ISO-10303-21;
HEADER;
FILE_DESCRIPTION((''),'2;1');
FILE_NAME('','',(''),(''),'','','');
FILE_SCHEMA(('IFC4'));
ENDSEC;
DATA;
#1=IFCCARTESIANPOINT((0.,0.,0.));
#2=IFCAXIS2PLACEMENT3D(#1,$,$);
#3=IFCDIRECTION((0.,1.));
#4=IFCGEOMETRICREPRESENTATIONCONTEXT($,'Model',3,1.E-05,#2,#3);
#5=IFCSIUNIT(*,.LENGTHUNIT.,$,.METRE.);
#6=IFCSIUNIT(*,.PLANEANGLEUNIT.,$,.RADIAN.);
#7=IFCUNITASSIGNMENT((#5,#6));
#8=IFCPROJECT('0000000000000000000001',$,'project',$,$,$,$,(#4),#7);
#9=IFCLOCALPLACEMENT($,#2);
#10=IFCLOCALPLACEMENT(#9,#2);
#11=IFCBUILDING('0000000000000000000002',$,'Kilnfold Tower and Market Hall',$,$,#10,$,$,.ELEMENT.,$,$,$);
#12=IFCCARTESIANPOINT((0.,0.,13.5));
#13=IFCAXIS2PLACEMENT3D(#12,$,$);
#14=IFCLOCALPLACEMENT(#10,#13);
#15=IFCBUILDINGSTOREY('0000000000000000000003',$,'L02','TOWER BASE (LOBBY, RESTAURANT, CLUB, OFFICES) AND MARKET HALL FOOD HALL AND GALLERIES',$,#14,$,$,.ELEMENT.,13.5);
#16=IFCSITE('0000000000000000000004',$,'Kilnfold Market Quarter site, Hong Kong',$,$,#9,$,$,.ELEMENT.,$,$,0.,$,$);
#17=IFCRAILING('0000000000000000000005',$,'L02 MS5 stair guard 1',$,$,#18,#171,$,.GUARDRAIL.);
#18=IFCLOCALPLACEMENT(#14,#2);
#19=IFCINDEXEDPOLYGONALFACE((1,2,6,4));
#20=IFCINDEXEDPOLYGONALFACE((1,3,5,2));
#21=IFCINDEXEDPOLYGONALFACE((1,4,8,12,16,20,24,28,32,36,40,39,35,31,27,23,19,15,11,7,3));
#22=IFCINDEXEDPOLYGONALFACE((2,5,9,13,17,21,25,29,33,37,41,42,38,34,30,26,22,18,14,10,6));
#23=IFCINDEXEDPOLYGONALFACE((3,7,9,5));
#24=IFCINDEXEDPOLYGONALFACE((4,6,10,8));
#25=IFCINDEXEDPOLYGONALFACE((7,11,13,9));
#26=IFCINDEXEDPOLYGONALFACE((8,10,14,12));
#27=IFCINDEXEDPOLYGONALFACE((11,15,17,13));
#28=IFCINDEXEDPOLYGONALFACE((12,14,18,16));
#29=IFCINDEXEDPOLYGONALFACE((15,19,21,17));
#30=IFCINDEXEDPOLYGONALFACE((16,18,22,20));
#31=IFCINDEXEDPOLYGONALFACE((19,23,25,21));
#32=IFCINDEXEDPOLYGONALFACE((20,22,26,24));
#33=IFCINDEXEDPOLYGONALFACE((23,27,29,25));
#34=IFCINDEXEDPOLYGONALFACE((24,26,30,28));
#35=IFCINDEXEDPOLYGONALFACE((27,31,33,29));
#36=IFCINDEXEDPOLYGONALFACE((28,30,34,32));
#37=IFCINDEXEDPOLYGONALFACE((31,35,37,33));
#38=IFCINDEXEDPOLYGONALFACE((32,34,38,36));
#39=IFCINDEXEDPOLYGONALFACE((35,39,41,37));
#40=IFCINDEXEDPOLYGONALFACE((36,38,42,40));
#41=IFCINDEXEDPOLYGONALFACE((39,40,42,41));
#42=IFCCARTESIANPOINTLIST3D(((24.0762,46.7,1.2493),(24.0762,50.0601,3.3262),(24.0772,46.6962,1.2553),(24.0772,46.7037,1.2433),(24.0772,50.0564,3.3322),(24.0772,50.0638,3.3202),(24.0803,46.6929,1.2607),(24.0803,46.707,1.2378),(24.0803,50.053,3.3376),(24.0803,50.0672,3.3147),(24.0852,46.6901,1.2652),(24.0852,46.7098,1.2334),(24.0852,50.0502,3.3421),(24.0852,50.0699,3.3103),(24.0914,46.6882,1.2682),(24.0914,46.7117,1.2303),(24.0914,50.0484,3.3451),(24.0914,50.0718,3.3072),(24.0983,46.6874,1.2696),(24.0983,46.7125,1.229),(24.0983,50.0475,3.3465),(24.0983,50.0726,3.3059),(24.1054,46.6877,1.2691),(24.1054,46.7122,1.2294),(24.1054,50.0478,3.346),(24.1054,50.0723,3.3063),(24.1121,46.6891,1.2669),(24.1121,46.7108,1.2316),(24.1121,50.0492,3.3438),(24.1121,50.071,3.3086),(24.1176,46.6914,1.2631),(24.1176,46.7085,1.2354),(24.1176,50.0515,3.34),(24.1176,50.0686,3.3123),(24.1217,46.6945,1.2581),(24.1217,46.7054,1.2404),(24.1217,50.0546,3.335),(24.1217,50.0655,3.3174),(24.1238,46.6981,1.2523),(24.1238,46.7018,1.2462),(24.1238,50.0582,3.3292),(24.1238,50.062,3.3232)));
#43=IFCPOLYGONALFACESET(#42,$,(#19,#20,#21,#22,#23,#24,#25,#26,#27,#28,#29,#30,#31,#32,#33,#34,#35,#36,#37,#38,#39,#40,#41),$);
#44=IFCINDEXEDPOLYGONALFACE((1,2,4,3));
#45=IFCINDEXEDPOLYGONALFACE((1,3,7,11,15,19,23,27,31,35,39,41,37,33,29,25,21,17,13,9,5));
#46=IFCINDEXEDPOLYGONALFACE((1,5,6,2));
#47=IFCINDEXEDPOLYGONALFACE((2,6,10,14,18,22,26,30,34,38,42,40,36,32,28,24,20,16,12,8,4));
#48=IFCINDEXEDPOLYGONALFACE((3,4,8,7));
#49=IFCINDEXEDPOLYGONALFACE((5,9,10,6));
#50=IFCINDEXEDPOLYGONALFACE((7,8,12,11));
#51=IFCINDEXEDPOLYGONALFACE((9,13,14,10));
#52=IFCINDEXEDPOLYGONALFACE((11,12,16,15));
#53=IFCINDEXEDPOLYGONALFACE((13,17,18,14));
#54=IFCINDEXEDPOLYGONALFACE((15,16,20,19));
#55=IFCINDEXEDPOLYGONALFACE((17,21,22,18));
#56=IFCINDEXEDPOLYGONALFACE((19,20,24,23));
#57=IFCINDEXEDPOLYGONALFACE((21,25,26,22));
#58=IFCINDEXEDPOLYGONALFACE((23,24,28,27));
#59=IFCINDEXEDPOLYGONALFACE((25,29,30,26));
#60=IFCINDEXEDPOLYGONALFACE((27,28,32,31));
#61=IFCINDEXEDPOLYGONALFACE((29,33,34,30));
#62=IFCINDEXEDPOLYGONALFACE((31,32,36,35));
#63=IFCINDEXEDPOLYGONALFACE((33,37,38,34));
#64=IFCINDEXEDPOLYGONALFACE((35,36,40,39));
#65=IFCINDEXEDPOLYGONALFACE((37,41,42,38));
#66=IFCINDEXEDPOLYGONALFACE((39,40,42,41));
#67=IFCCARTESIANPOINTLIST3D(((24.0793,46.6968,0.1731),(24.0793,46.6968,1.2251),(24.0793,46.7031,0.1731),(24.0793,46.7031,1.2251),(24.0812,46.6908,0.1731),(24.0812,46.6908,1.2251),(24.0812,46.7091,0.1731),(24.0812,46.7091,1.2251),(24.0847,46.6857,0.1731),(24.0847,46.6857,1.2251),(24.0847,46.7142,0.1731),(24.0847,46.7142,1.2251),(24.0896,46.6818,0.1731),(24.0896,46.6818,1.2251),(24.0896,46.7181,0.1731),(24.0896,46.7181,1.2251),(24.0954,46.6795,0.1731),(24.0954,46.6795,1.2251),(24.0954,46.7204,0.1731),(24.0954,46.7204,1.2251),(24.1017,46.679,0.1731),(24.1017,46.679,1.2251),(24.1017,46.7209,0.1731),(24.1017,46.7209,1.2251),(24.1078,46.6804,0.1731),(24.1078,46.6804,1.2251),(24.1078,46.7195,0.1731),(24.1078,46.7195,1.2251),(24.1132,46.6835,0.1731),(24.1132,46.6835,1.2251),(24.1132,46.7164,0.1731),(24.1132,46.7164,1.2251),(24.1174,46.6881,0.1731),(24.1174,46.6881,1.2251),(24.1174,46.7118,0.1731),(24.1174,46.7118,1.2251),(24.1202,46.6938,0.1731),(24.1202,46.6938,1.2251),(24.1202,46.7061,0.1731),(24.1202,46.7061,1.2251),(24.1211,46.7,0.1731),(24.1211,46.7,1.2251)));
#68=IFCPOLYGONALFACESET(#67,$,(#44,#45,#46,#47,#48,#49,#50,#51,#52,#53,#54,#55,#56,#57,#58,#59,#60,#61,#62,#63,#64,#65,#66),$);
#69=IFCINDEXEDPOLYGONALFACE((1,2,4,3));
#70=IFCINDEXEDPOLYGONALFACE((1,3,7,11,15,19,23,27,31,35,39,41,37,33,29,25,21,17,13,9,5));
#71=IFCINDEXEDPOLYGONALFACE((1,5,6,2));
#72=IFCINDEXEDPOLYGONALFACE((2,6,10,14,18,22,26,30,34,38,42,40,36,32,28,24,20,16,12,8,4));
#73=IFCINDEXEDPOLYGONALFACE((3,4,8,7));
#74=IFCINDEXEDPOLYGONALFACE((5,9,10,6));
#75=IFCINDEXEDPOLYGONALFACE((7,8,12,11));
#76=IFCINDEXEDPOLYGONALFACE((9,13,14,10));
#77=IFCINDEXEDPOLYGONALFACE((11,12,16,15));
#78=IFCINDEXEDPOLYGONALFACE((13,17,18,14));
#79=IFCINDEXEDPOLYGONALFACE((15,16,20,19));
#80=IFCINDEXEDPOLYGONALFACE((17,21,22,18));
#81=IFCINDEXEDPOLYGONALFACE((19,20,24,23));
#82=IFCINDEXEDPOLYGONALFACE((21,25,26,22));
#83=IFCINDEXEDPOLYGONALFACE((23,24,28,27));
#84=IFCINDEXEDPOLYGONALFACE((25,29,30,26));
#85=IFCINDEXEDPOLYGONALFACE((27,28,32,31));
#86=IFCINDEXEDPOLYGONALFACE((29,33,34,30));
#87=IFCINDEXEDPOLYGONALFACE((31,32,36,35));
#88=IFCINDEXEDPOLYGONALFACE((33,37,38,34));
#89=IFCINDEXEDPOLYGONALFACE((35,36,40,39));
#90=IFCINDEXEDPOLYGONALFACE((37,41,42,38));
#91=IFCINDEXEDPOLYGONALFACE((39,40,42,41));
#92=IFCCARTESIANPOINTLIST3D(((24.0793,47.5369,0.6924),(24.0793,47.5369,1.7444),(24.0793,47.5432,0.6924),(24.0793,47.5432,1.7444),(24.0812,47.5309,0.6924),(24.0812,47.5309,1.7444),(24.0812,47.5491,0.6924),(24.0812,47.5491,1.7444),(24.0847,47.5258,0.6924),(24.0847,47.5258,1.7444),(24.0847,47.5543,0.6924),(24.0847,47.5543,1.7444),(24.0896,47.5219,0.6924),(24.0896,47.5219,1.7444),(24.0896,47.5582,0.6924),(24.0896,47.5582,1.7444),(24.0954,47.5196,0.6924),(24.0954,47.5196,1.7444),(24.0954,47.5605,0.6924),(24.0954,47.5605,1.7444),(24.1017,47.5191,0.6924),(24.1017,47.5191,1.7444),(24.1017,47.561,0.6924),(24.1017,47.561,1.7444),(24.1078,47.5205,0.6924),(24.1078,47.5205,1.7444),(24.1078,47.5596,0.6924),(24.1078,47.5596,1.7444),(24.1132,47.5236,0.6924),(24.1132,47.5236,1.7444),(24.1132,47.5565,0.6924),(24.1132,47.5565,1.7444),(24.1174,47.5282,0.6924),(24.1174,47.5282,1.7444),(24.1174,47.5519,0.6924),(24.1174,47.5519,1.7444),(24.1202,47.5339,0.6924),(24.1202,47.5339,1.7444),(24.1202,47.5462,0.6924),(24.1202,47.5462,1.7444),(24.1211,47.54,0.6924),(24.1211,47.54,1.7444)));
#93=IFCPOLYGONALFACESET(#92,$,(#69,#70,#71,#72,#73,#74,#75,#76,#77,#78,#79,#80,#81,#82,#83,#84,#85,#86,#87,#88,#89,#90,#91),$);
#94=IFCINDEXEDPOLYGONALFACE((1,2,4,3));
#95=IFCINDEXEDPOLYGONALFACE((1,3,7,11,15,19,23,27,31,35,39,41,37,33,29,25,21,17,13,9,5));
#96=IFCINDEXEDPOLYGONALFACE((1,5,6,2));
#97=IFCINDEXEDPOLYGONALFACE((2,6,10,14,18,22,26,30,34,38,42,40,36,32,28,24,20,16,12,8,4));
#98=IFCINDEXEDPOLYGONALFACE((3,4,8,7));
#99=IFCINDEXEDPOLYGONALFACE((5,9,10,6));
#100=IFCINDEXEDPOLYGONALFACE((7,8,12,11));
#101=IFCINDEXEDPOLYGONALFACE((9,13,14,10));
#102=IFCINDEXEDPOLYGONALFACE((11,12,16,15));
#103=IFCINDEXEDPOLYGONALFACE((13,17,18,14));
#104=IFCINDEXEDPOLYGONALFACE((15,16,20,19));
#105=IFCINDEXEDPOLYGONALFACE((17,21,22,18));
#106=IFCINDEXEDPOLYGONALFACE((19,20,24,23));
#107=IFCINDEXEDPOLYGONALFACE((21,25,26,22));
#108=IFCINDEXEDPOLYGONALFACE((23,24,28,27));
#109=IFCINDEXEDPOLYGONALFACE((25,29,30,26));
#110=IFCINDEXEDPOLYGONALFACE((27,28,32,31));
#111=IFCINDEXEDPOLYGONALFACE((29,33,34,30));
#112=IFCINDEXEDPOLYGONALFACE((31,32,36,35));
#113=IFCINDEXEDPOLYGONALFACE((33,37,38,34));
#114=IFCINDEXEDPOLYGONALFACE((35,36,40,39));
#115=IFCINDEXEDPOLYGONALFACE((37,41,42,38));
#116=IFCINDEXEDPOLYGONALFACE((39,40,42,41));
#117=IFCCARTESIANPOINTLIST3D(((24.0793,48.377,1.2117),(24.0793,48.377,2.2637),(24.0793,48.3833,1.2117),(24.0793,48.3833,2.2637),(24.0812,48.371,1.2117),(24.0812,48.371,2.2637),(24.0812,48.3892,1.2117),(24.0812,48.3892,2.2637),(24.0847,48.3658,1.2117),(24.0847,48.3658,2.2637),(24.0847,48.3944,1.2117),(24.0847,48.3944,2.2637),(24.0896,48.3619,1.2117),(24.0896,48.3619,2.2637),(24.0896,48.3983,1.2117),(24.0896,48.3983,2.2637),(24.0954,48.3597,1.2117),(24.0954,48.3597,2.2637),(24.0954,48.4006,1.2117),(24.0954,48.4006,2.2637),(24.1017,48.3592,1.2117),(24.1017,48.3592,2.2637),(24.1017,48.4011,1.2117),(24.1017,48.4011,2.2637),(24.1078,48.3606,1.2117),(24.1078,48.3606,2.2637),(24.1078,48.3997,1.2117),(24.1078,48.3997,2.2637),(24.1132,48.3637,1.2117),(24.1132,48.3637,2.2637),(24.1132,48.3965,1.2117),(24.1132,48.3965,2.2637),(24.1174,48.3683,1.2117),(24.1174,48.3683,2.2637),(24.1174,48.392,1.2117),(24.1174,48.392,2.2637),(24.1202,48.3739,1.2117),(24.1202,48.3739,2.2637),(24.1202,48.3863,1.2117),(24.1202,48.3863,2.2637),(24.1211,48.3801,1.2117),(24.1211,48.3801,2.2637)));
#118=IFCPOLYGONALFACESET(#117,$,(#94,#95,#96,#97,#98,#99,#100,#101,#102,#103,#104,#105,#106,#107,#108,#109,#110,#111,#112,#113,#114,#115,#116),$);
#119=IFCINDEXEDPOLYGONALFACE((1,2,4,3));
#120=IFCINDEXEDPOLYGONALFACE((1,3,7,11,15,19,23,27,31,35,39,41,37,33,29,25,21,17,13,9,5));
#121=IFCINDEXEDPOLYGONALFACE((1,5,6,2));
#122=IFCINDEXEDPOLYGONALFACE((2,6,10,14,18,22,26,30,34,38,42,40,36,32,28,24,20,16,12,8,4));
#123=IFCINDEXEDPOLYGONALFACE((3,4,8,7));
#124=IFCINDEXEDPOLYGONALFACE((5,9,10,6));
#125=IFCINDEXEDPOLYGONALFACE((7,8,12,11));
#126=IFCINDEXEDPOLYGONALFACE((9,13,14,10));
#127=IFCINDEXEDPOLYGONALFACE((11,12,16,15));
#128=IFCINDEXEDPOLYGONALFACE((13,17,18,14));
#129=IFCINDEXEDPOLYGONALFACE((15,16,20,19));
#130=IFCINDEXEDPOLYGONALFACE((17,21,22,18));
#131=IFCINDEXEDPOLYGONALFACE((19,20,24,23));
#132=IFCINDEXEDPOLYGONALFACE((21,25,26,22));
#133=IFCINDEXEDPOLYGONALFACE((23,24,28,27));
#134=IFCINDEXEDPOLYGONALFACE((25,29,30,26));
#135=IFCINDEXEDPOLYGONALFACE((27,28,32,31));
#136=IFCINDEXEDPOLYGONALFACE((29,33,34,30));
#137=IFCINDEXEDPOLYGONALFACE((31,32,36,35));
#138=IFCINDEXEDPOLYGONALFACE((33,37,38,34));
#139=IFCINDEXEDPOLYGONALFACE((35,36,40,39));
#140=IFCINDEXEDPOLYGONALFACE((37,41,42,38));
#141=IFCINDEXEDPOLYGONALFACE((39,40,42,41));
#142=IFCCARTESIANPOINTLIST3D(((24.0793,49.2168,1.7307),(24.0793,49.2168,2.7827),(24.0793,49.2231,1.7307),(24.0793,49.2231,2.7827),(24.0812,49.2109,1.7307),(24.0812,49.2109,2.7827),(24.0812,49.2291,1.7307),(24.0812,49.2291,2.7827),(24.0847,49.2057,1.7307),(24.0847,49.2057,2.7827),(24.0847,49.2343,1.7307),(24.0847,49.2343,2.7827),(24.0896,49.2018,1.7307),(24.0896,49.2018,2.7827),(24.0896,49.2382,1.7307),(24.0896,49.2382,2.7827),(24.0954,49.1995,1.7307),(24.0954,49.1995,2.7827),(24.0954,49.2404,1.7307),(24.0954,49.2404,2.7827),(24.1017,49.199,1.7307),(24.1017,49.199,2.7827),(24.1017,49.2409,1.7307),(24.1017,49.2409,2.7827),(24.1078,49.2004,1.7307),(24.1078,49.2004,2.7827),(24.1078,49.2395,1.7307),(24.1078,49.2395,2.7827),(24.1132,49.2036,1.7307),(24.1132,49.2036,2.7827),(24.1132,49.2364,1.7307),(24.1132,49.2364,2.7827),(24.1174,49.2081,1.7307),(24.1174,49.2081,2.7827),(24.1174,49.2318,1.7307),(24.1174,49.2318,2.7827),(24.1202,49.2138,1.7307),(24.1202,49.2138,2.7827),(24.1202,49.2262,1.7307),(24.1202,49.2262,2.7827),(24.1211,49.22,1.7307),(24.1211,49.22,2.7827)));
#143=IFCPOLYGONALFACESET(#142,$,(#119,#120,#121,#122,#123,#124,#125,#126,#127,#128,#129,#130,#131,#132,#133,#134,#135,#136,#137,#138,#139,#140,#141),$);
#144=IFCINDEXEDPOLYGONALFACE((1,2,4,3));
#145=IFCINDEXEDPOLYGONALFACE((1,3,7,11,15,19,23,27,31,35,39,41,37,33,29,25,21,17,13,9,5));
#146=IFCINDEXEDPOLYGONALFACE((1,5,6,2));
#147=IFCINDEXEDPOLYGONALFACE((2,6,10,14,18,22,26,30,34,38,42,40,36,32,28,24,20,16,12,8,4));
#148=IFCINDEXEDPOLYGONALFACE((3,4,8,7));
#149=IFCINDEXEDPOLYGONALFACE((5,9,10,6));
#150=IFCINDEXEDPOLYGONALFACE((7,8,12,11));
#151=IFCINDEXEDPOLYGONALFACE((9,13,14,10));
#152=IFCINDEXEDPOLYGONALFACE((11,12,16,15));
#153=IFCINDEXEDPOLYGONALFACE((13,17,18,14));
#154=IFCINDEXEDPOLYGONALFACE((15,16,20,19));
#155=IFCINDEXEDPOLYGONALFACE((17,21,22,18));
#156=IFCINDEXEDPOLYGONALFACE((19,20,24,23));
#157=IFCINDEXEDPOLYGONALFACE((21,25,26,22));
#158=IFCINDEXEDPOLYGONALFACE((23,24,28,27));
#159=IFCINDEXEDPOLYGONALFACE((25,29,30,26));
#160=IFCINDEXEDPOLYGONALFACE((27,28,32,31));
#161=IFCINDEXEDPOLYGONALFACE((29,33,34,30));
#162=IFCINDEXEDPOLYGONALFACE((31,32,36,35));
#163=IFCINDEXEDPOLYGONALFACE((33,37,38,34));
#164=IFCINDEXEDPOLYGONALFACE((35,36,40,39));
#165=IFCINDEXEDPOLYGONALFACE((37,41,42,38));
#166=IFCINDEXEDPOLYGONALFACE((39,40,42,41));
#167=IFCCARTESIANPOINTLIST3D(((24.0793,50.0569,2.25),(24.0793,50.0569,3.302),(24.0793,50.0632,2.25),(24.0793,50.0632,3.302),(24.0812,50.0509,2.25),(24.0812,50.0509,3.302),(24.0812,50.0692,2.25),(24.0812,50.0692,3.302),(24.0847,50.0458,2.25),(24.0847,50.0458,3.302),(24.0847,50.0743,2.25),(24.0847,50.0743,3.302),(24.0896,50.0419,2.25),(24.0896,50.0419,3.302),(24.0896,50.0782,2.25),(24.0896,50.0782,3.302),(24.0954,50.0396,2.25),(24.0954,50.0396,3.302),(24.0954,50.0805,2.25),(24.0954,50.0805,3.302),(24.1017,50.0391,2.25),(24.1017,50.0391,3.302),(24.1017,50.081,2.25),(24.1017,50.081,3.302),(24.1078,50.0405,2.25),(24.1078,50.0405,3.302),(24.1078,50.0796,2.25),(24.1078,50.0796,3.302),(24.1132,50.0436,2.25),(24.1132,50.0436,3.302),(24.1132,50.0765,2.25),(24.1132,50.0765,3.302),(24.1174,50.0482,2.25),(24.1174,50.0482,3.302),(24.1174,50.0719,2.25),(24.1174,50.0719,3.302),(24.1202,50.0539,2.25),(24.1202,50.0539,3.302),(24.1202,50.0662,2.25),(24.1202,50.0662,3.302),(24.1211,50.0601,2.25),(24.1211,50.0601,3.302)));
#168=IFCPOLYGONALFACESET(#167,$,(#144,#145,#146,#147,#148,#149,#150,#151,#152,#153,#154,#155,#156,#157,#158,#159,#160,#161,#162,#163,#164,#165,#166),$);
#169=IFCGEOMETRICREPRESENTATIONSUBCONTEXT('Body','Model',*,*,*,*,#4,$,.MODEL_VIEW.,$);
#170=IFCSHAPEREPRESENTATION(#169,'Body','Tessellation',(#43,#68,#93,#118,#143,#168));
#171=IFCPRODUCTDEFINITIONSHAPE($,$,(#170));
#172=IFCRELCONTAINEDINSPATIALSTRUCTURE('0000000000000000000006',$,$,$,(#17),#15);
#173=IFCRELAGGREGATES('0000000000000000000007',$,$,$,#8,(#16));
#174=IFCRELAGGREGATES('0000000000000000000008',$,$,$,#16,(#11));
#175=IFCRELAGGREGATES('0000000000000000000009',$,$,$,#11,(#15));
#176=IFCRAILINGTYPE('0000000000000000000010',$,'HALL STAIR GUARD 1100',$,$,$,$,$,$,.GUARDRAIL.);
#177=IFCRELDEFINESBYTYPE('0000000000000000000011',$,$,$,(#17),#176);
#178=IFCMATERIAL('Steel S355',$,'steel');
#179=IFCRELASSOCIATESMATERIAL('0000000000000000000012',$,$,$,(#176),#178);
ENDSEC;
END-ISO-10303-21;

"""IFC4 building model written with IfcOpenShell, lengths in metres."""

from ifc_helpers import new_model, si_unit, direction, frame, origin, origin_2d, place, context, subcontext, project, spatial, circle, extrude, material, type_object, element, save


model = new_model("IFC4")

# Units and contexts
model_context = context("Model", 3, precision=1e-05, world=origin(), true_north=direction((0.0, 1.0)))
body_context = subcontext(model_context, "Body", "Model", "MODEL_VIEW")
ifc_project = project(units=[si_unit("LENGTHUNIT", "METRE"), si_unit("PLANEANGLEUNIT", "RADIAN")], contexts=[model_context])

# Site, building, storey
site_placement = place(None, origin())
site = spatial("IfcSite", under=ifc_project, at=site_placement, Name="Kilnfold Market Quarter site, Hong Kong", CompositionType="ELEMENT", RefElevation=0.0)
building_placement = place(site_placement, origin())
building = spatial("IfcBuilding", under=site, at=building_placement, Name="Kilnfold Tower and Market Hall", CompositionType="ELEMENT")
storey_placement = place(building_placement, frame((0.0, 0.0, 13.5)))
storey = spatial("IfcBuildingStorey", under=building, at=storey_placement, Name="L02", Description="TOWER BASE (LOBBY, RESTAURANT, CLUB, OFFICES) AND MARKET HALL FOOD HALL AND GALLERIES", CompositionType="ELEMENT", Elevation=13.5)

# Railing
ifc_material_1 = material(Name="Steel S355", Category="steel")
railing_type_1 = type_object("IfcRailingType", Name="HALL STAIR GUARD 1100", PredefinedType="GUARDRAIL", material=ifc_material_1)
railing_1_placement = place(storey_placement, frame((24.1001, 46.7, 0.1731)))
element("IfcRailing", 1, at=railing_1_placement, inside=storey, type_object=railing_type_1, Name="L02 MS5 stair guard 1", PredefinedType="GUARDRAIL", context=body_context, shape_type="SweptSolid", body=[
    extrude(circle(Radius=0.0239, at=origin_2d()), frame((0.0, 0.0, 1.0762), z_axis=(0.0, 0.850623, 0.525776), x_axis=(-1.0, 0.0, 0.0)), (0.0, 0.0, 1.0), 3.9502),
    extrude(circle(Radius=0.021, at=origin_2d()), origin(), (0.0, 0.0, 1.0), 1.052),
    extrude(circle(Radius=0.021, at=origin_2d()), frame((0.0, 0.8401, 0.5193)), (0.0, 0.0, 1.0), 1.052),
    extrude(circle(Radius=0.021, at=origin_2d()), frame((0.0, 1.6802, 1.0386)), (0.0, 0.0, 1.0), 1.052),
    extrude(circle(Radius=0.021, at=origin_2d()), frame((0.0, 2.52, 1.5576)), (0.0, 0.0, 1.0), 1.052),
    extrude(circle(Radius=0.021, at=origin_2d()), frame((0.0, 3.3601, 2.0769)), (0.0, 0.0, 1.0), 1.052),
])

save(model, "model.ifc")
